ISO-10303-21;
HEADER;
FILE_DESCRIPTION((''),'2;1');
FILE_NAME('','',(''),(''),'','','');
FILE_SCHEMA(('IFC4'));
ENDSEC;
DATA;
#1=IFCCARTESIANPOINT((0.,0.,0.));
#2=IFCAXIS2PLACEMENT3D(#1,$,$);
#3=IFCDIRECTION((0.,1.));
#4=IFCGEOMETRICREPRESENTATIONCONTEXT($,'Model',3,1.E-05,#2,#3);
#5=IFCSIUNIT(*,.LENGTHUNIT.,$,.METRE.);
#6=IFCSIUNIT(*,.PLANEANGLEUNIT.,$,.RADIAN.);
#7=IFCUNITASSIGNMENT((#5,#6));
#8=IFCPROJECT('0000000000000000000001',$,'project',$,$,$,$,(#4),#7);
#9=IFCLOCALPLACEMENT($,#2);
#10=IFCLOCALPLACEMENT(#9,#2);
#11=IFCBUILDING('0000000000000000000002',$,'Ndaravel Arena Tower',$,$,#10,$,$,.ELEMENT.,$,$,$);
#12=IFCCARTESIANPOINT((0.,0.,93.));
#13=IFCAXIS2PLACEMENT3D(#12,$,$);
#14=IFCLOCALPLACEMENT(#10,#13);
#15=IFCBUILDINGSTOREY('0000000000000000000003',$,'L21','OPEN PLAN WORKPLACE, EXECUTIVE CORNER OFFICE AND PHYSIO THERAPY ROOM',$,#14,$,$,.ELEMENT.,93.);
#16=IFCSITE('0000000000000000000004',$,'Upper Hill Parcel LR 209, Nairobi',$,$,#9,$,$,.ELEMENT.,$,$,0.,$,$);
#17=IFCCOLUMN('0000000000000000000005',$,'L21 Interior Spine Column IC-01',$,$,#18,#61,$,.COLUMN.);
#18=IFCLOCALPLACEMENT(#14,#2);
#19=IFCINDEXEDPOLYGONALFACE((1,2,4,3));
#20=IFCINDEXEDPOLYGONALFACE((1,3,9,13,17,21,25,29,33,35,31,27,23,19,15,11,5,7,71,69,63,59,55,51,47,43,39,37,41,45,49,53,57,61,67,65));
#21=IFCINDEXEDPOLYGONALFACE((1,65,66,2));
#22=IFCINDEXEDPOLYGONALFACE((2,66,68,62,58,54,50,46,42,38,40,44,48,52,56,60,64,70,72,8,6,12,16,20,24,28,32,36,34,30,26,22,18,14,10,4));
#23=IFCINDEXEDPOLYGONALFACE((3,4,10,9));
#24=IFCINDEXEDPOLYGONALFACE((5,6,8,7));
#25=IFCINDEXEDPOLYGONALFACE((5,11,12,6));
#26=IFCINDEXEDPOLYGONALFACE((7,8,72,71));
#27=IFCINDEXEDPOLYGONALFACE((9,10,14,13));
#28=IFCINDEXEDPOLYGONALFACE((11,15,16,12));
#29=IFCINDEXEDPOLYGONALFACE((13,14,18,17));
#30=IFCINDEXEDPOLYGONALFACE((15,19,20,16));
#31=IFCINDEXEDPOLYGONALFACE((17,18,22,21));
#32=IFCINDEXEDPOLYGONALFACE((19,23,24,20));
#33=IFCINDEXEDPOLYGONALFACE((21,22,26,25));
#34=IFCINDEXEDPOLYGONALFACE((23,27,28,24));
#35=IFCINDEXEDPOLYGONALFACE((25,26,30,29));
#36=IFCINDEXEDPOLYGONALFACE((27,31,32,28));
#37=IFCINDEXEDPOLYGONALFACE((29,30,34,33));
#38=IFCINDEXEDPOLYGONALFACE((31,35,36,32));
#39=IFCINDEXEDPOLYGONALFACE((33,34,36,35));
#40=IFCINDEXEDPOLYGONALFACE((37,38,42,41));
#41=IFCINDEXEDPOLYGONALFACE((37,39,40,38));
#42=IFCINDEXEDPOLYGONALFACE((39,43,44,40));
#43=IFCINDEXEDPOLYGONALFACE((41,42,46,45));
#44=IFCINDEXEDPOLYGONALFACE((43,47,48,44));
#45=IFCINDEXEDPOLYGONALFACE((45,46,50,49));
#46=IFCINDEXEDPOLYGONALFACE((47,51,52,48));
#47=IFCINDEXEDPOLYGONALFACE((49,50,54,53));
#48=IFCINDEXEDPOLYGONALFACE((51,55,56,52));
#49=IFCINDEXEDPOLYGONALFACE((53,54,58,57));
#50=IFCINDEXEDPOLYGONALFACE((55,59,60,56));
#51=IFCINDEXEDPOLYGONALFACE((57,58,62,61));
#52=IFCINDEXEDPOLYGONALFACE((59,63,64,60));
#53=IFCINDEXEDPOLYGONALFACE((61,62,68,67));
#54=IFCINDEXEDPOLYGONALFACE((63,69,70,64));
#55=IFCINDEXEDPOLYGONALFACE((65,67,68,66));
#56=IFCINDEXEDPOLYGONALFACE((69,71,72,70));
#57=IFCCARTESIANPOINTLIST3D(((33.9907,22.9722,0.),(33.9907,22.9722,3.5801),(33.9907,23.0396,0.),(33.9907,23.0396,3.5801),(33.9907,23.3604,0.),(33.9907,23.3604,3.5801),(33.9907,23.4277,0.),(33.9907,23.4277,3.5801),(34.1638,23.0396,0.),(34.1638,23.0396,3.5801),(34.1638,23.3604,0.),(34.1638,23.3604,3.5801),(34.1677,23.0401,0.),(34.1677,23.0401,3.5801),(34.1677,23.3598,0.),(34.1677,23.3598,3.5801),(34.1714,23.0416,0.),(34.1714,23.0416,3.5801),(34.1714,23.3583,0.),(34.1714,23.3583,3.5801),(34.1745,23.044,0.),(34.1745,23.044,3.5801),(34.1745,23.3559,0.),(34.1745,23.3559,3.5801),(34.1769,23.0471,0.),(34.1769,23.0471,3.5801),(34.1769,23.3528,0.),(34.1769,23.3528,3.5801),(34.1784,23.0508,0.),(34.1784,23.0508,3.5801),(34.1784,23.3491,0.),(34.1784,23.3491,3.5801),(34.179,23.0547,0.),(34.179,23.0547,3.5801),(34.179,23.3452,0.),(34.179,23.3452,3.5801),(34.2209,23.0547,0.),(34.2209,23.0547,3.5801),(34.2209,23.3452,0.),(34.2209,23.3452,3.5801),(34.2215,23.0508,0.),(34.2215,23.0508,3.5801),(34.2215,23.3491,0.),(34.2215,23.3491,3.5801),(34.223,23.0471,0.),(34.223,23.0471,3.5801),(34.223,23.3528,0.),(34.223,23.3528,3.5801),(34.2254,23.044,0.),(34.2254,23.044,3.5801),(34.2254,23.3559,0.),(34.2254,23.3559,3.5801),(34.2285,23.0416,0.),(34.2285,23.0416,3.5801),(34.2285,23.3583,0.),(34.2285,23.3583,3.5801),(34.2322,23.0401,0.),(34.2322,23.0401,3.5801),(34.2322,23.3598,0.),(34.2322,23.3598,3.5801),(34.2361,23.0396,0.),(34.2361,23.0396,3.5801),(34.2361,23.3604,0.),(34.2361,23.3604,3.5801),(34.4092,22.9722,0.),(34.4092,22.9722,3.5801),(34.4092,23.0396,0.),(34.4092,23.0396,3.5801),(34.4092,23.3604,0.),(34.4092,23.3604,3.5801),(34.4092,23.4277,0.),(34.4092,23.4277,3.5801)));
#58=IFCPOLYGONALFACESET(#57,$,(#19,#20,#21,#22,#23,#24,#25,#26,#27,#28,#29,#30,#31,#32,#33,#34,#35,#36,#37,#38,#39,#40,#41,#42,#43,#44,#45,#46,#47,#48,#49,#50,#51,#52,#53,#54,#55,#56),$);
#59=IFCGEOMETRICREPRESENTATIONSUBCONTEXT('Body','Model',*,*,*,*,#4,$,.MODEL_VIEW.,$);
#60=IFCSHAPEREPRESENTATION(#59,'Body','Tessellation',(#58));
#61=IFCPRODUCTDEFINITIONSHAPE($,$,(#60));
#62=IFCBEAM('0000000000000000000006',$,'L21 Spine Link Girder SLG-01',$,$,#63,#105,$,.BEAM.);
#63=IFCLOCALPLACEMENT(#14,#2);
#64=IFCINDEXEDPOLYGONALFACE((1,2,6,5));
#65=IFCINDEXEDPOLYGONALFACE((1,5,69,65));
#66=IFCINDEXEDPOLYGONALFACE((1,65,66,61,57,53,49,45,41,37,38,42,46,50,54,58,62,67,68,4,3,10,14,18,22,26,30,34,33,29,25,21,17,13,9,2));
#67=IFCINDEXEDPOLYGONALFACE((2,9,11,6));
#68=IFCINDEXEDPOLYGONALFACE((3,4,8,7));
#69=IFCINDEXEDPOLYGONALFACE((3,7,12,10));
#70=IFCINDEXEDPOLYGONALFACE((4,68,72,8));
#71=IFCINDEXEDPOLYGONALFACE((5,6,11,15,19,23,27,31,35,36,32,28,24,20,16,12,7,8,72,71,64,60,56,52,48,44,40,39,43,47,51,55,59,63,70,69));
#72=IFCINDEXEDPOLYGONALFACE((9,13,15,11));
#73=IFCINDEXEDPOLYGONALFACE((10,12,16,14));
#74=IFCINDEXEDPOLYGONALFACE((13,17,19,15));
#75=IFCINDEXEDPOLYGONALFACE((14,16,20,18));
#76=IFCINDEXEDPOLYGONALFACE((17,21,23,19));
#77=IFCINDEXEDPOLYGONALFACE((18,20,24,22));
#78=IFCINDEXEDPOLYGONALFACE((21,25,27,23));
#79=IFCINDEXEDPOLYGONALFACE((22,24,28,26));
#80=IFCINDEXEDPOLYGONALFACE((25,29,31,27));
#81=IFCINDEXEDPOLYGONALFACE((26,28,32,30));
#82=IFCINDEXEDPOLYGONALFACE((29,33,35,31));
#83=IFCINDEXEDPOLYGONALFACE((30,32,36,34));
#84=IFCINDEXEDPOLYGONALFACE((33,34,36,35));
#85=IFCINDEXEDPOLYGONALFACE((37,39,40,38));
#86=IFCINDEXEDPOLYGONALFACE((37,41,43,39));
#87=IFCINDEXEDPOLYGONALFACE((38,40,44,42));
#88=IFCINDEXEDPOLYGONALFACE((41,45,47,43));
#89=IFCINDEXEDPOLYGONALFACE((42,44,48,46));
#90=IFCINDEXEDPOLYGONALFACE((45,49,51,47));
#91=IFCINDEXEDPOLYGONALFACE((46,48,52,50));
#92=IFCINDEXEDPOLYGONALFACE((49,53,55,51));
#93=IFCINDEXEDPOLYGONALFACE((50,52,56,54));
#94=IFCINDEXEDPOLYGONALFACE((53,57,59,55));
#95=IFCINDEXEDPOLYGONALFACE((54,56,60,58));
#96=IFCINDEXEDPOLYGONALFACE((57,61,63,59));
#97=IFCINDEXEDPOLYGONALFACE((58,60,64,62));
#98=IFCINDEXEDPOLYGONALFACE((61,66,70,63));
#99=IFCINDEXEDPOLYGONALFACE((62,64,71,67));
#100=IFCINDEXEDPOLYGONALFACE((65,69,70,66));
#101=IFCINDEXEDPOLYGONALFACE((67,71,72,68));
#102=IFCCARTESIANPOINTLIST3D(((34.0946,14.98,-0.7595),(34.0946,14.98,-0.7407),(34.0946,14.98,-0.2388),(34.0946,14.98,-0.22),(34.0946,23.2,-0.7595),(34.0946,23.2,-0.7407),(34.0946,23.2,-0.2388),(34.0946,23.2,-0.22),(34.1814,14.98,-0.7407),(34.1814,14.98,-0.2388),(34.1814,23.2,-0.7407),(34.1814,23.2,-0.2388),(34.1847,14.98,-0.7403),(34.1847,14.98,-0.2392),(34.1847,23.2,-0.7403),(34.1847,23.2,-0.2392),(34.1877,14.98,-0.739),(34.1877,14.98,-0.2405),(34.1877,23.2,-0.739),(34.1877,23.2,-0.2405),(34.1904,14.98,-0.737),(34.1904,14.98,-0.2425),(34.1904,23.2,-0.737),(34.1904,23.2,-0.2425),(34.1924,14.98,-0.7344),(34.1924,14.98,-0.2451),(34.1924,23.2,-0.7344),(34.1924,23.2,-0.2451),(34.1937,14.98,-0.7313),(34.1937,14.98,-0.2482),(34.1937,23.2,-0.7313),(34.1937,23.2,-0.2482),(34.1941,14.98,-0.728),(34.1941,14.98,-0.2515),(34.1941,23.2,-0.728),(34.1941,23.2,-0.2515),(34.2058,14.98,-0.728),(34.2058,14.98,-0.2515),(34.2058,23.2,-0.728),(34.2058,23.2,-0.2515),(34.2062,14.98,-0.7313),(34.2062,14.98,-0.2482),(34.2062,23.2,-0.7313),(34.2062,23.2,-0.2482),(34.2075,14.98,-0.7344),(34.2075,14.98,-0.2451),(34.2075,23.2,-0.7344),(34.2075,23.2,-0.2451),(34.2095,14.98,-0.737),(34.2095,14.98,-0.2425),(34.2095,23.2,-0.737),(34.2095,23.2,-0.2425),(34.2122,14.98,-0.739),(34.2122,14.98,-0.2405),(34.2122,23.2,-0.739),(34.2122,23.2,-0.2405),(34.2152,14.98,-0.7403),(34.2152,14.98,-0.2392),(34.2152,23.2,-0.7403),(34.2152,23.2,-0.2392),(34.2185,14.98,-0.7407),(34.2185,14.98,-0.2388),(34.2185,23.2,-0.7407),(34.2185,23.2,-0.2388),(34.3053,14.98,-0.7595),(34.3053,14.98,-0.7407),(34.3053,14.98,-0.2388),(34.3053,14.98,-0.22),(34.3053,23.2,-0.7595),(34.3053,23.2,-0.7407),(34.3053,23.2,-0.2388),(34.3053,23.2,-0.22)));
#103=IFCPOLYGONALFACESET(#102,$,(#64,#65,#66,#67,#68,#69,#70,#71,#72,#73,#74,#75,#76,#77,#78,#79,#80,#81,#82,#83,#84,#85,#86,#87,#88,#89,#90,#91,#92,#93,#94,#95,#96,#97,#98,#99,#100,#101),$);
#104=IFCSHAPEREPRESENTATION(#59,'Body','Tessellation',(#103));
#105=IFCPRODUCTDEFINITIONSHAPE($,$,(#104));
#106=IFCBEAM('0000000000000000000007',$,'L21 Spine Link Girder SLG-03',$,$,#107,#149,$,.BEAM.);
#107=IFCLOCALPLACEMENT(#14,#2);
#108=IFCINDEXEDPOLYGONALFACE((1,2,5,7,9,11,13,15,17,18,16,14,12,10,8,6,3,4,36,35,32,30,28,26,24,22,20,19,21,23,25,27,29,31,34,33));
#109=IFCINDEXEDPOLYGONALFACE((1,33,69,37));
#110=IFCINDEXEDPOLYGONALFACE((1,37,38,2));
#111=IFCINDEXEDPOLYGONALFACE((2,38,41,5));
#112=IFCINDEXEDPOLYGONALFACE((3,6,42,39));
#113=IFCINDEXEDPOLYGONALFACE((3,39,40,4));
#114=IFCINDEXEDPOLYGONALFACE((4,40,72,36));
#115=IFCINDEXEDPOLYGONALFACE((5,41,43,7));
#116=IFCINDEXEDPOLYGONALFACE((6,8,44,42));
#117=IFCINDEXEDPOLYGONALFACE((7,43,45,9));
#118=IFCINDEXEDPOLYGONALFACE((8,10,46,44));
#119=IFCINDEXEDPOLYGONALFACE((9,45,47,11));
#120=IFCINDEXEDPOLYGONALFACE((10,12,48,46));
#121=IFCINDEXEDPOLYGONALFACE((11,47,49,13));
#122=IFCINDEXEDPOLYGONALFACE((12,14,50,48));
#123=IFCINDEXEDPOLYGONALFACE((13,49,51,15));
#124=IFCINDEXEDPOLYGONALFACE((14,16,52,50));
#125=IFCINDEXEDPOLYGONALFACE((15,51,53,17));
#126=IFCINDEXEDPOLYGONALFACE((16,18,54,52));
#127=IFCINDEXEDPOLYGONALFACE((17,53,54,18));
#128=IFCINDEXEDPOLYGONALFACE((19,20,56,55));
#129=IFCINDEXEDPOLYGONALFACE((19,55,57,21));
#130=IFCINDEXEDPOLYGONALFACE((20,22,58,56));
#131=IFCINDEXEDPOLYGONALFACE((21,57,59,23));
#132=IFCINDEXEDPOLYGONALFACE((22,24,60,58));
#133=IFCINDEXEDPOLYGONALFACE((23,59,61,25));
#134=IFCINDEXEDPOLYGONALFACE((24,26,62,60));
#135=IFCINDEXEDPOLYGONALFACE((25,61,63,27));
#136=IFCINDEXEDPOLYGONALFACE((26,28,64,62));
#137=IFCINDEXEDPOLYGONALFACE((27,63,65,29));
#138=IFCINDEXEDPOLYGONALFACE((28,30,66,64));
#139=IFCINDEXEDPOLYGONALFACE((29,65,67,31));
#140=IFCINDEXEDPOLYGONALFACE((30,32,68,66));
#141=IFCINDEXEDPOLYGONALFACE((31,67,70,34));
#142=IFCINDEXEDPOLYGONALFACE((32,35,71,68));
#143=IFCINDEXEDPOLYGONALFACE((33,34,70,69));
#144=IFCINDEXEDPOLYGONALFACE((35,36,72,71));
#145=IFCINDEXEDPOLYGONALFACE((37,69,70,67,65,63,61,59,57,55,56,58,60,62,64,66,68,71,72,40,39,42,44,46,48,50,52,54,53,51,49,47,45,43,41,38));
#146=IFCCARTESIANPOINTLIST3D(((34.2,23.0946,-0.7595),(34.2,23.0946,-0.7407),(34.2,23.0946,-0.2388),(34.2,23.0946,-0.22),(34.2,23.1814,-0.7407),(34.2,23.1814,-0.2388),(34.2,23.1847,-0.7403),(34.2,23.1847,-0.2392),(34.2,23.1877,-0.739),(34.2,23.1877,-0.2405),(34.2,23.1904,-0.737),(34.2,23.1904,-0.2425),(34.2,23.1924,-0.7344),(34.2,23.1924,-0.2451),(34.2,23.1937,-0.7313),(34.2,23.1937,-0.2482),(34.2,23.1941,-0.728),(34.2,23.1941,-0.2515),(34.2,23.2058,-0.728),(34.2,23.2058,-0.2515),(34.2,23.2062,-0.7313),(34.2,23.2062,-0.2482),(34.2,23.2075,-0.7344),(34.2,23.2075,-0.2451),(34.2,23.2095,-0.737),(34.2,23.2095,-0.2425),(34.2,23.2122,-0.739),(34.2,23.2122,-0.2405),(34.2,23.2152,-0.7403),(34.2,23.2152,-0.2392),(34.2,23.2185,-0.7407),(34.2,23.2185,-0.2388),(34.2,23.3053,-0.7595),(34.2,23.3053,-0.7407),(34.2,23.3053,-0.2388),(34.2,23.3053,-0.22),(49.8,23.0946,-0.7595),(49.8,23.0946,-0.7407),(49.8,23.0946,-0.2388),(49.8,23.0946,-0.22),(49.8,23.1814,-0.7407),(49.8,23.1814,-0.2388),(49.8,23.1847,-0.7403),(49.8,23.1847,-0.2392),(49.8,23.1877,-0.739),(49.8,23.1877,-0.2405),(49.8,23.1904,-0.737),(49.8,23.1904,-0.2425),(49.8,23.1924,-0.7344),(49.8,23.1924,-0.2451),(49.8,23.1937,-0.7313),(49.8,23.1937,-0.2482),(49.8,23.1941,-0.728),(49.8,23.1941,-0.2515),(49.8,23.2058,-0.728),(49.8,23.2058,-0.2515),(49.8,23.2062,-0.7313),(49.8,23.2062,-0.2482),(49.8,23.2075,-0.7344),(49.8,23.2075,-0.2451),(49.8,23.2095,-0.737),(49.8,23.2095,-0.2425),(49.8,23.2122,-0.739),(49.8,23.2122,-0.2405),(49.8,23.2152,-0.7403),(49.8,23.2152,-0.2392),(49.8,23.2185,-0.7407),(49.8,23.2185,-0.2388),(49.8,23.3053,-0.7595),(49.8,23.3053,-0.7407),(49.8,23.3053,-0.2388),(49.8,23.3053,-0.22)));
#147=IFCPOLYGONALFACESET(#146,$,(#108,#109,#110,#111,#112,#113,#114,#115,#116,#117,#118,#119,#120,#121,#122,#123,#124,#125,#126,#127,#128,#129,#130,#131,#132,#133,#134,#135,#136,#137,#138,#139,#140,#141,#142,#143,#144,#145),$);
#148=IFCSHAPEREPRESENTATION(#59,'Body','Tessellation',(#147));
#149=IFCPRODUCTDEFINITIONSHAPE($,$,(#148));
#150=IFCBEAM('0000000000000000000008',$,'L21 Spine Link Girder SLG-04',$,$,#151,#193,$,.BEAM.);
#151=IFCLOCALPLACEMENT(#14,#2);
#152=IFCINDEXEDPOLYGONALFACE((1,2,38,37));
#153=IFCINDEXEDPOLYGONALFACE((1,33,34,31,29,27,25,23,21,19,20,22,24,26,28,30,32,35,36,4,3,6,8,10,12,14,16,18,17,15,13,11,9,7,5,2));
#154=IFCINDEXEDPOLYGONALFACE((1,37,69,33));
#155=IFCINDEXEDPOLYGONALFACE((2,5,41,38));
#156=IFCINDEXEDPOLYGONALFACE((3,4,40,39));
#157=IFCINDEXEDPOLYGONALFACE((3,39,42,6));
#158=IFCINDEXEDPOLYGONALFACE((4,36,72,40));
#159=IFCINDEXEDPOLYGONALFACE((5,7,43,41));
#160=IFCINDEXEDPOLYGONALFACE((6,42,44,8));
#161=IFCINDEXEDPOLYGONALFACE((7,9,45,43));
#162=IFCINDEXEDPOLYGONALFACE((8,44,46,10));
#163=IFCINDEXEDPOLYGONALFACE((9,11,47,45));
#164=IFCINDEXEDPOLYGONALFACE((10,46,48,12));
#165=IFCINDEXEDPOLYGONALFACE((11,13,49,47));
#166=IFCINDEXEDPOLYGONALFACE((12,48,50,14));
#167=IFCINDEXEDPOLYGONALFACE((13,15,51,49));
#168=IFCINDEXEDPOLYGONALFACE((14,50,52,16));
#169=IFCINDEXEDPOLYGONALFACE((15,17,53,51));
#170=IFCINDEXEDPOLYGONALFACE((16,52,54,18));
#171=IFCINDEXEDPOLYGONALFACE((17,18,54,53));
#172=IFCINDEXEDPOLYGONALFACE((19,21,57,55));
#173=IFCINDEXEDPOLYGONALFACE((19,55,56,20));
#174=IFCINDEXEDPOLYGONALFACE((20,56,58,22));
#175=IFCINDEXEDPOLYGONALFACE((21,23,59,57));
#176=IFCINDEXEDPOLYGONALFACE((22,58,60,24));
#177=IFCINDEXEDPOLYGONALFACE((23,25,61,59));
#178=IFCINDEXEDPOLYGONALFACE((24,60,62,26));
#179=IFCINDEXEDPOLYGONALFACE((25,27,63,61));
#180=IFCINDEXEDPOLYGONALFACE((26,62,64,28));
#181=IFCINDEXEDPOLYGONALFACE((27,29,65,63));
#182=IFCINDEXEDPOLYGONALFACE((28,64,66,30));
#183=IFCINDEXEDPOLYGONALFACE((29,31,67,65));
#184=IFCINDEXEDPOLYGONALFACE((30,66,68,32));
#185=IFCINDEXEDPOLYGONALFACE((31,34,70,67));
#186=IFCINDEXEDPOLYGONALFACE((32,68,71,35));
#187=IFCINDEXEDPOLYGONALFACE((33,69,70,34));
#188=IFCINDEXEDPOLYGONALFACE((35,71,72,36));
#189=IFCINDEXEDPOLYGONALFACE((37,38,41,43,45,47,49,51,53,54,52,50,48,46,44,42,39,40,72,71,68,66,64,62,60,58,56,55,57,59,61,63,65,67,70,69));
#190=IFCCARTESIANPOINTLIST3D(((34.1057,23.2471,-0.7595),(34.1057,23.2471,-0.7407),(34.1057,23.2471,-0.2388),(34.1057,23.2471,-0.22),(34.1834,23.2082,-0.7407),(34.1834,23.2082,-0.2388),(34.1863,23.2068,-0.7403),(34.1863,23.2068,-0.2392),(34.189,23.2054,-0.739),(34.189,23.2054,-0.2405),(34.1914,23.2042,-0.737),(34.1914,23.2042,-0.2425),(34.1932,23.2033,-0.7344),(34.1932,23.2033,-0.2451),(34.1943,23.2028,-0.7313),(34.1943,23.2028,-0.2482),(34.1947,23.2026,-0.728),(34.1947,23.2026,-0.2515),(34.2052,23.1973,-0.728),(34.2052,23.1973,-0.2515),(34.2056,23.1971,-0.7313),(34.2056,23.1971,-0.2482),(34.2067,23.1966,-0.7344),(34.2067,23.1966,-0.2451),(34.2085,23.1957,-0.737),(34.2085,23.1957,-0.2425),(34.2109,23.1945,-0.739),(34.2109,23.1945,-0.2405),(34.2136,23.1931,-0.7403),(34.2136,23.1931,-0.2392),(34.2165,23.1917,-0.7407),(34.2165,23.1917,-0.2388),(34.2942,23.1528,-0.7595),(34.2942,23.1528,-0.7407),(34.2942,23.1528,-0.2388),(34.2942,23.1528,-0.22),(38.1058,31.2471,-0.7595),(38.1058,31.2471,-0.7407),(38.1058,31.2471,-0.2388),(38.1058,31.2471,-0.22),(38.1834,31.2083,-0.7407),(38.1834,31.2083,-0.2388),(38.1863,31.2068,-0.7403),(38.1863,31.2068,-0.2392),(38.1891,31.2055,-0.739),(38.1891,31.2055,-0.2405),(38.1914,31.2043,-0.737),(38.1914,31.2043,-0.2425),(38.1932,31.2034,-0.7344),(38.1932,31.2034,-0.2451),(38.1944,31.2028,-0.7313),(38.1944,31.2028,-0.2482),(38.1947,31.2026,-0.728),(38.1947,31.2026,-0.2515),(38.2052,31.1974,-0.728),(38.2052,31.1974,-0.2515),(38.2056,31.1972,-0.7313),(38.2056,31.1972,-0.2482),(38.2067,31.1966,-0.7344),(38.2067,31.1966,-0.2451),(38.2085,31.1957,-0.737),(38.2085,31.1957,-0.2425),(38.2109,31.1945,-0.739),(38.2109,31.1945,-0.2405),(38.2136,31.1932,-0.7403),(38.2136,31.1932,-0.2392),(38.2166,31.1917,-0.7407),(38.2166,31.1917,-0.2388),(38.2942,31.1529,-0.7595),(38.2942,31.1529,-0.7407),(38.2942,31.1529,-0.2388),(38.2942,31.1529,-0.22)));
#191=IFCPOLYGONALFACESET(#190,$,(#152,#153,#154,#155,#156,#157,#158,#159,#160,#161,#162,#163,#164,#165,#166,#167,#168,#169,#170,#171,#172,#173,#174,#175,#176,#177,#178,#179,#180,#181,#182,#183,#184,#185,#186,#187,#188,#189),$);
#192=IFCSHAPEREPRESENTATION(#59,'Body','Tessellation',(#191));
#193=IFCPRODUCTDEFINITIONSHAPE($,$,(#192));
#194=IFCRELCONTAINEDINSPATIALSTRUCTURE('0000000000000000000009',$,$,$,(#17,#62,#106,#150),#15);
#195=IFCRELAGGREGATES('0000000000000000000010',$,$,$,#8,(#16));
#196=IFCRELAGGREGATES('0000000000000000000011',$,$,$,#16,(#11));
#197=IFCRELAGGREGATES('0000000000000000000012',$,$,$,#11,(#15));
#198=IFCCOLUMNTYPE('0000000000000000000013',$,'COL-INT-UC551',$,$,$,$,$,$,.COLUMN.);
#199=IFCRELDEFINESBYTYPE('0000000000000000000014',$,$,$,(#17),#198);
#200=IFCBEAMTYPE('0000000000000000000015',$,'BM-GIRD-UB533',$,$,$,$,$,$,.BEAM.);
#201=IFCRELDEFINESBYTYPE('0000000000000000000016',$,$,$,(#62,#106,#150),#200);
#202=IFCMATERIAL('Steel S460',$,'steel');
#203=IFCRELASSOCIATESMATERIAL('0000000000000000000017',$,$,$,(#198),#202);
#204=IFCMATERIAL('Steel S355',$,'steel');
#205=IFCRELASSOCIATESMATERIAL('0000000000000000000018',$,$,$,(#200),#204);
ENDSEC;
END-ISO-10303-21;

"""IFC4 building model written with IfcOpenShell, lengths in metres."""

from ifc_helpers import new_model, si_unit, direction, frame, origin, origin_2d, place, context, subcontext, project, spatial, i_section, extrude, material, material_profile, profile_set, type_object, element, save


model = new_model("IFC4")

# Units and contexts
model_context = context("Model", 3, precision=1e-05, world=origin(), true_north=direction((0.0, 1.0)))
body_context = subcontext(model_context, "Body", "Model", "MODEL_VIEW")
ifc_project = project(units=[si_unit("LENGTHUNIT", "METRE"), si_unit("PLANEANGLEUNIT", "RADIAN")], contexts=[model_context])

# Site, building, storey
site_placement = place(None, origin())
site = spatial("IfcSite", under=ifc_project, at=site_placement, Name="Upper Hill Parcel LR 209, Nairobi", CompositionType="ELEMENT", RefElevation=0.0)
building_placement = place(site_placement, origin())
building = spatial("IfcBuilding", under=site, at=building_placement, Name="Ndaravel Arena Tower", CompositionType="ELEMENT")
storey_placement = place(building_placement, frame((0.0, 0.0, 93.0)))
storey = spatial("IfcBuildingStorey", under=building, at=storey_placement, Name="L21", Description="OPEN PLAN WORKPLACE, EXECUTIVE CORNER OFFICE AND PHYSIO THERAPY ROOM", CompositionType="ELEMENT", Elevation=93.0)

# Column
ifc_material_1 = material(Name="Steel S460", Category="steel")
ifc_material_profile_1 = material_profile(ifc_material_1, i_section(OverallWidth=0.4185, OverallDepth=0.4556, WebThickness=0.042, FlangeThickness=0.0674, FilletRadius=0.0151, at=origin_2d()), Name="UC 356x406x551")
ifc_profile_set_1 = profile_set([ifc_material_profile_1], Name="Steel S460")
column_type = type_object("IfcColumnType", Name="COL-INT-UC551", PredefinedType="COLUMN", material=ifc_profile_set_1)
column_placement = place(storey_placement, frame((34.2, 23.2, 0.0), z_axis=(0.0, 0.0, 1.0), x_axis=(1.0, 0.0, 0.0)))
element("IfcColumn", 1, at=column_placement, inside=storey, type_object=column_type, Name="L21 Interior Spine Column IC-01", PredefinedType="COLUMN", context=body_context, shape_type="SweptSolid", body=[
    extrude(i_section(OverallWidth=0.4185, OverallDepth=0.4556, WebThickness=0.042, FlangeThickness=0.0674, FilletRadius=0.0151, at=origin_2d()), origin(), (0.0, 0.0, 1.0), 3.5801),
])

# Beams
ifc_material_2 = material(Name="Steel S355", Category="steel")
ifc_material_profile_2 = material_profile(ifc_material_2, i_section(OverallWidth=0.2107, OverallDepth=0.5396, WebThickness=0.0117, FlangeThickness=0.0188, FilletRadius=0.0127, at=origin_2d()), Name="UB 533x210x109")
ifc_profile_set_2 = profile_set([ifc_material_profile_2], Name="Steel S355")
beam_type = type_object("IfcBeamType", Name="BM-GIRD-UB533", PredefinedType="BEAM", material=ifc_profile_set_2)
beam_1_placement = place(storey_placement, frame((34.2, 14.98, -0.4897), z_axis=(0.0, 1.0, 0.0), x_axis=(-1.0, 0.0, 0.0)))
element("IfcBeam", 2, at=beam_1_placement, inside=storey, type_object=beam_type, Name="L21 Spine Link Girder SLG-01", PredefinedType="BEAM", context=body_context, shape_type="SweptSolid", body=[
    extrude(i_section(OverallWidth=0.2107, OverallDepth=0.5396, WebThickness=0.0117, FlangeThickness=0.0188, FilletRadius=0.0127, at=origin_2d()), origin(), (0.0, 0.0, 1.0), 8.22),
])
beam_2_placement = place(storey_placement, frame((34.2, 23.2, -0.4897), z_axis=(1.0, 0.0, 0.0), x_axis=(0.0, 1.0, 0.0)))
element("IfcBeam", 3, at=beam_2_placement, inside=storey, type_object=beam_type, Name="L21 Spine Link Girder SLG-03", PredefinedType="BEAM", context=body_context, shape_type="SweptSolid", body=[
    extrude(i_section(OverallWidth=0.2107, OverallDepth=0.5396, WebThickness=0.0117, FlangeThickness=0.0188, FilletRadius=0.0127, at=origin_2d()), origin(), (0.0, 0.0, 1.0), 15.6001),
])
beam_3_placement = place(storey_placement, frame((34.2, 23.2, -0.4897), z_axis=(0.447214, 0.894427, 0.0), x_axis=(-0.894427, 0.447214, 0.0)))
element("IfcBeam", 4, at=beam_3_placement, inside=storey, type_object=beam_type, Name="L21 Spine Link Girder SLG-04", PredefinedType="BEAM", context=body_context, shape_type="SweptSolid", body=[
    extrude(i_section(OverallWidth=0.2107, OverallDepth=0.5396, WebThickness=0.0117, FlangeThickness=0.0188, FilletRadius=0.0127, at=origin_2d()), origin(), (0.0, 0.0, 1.0), 8.9443),
])

save(model, "model.ifc")
